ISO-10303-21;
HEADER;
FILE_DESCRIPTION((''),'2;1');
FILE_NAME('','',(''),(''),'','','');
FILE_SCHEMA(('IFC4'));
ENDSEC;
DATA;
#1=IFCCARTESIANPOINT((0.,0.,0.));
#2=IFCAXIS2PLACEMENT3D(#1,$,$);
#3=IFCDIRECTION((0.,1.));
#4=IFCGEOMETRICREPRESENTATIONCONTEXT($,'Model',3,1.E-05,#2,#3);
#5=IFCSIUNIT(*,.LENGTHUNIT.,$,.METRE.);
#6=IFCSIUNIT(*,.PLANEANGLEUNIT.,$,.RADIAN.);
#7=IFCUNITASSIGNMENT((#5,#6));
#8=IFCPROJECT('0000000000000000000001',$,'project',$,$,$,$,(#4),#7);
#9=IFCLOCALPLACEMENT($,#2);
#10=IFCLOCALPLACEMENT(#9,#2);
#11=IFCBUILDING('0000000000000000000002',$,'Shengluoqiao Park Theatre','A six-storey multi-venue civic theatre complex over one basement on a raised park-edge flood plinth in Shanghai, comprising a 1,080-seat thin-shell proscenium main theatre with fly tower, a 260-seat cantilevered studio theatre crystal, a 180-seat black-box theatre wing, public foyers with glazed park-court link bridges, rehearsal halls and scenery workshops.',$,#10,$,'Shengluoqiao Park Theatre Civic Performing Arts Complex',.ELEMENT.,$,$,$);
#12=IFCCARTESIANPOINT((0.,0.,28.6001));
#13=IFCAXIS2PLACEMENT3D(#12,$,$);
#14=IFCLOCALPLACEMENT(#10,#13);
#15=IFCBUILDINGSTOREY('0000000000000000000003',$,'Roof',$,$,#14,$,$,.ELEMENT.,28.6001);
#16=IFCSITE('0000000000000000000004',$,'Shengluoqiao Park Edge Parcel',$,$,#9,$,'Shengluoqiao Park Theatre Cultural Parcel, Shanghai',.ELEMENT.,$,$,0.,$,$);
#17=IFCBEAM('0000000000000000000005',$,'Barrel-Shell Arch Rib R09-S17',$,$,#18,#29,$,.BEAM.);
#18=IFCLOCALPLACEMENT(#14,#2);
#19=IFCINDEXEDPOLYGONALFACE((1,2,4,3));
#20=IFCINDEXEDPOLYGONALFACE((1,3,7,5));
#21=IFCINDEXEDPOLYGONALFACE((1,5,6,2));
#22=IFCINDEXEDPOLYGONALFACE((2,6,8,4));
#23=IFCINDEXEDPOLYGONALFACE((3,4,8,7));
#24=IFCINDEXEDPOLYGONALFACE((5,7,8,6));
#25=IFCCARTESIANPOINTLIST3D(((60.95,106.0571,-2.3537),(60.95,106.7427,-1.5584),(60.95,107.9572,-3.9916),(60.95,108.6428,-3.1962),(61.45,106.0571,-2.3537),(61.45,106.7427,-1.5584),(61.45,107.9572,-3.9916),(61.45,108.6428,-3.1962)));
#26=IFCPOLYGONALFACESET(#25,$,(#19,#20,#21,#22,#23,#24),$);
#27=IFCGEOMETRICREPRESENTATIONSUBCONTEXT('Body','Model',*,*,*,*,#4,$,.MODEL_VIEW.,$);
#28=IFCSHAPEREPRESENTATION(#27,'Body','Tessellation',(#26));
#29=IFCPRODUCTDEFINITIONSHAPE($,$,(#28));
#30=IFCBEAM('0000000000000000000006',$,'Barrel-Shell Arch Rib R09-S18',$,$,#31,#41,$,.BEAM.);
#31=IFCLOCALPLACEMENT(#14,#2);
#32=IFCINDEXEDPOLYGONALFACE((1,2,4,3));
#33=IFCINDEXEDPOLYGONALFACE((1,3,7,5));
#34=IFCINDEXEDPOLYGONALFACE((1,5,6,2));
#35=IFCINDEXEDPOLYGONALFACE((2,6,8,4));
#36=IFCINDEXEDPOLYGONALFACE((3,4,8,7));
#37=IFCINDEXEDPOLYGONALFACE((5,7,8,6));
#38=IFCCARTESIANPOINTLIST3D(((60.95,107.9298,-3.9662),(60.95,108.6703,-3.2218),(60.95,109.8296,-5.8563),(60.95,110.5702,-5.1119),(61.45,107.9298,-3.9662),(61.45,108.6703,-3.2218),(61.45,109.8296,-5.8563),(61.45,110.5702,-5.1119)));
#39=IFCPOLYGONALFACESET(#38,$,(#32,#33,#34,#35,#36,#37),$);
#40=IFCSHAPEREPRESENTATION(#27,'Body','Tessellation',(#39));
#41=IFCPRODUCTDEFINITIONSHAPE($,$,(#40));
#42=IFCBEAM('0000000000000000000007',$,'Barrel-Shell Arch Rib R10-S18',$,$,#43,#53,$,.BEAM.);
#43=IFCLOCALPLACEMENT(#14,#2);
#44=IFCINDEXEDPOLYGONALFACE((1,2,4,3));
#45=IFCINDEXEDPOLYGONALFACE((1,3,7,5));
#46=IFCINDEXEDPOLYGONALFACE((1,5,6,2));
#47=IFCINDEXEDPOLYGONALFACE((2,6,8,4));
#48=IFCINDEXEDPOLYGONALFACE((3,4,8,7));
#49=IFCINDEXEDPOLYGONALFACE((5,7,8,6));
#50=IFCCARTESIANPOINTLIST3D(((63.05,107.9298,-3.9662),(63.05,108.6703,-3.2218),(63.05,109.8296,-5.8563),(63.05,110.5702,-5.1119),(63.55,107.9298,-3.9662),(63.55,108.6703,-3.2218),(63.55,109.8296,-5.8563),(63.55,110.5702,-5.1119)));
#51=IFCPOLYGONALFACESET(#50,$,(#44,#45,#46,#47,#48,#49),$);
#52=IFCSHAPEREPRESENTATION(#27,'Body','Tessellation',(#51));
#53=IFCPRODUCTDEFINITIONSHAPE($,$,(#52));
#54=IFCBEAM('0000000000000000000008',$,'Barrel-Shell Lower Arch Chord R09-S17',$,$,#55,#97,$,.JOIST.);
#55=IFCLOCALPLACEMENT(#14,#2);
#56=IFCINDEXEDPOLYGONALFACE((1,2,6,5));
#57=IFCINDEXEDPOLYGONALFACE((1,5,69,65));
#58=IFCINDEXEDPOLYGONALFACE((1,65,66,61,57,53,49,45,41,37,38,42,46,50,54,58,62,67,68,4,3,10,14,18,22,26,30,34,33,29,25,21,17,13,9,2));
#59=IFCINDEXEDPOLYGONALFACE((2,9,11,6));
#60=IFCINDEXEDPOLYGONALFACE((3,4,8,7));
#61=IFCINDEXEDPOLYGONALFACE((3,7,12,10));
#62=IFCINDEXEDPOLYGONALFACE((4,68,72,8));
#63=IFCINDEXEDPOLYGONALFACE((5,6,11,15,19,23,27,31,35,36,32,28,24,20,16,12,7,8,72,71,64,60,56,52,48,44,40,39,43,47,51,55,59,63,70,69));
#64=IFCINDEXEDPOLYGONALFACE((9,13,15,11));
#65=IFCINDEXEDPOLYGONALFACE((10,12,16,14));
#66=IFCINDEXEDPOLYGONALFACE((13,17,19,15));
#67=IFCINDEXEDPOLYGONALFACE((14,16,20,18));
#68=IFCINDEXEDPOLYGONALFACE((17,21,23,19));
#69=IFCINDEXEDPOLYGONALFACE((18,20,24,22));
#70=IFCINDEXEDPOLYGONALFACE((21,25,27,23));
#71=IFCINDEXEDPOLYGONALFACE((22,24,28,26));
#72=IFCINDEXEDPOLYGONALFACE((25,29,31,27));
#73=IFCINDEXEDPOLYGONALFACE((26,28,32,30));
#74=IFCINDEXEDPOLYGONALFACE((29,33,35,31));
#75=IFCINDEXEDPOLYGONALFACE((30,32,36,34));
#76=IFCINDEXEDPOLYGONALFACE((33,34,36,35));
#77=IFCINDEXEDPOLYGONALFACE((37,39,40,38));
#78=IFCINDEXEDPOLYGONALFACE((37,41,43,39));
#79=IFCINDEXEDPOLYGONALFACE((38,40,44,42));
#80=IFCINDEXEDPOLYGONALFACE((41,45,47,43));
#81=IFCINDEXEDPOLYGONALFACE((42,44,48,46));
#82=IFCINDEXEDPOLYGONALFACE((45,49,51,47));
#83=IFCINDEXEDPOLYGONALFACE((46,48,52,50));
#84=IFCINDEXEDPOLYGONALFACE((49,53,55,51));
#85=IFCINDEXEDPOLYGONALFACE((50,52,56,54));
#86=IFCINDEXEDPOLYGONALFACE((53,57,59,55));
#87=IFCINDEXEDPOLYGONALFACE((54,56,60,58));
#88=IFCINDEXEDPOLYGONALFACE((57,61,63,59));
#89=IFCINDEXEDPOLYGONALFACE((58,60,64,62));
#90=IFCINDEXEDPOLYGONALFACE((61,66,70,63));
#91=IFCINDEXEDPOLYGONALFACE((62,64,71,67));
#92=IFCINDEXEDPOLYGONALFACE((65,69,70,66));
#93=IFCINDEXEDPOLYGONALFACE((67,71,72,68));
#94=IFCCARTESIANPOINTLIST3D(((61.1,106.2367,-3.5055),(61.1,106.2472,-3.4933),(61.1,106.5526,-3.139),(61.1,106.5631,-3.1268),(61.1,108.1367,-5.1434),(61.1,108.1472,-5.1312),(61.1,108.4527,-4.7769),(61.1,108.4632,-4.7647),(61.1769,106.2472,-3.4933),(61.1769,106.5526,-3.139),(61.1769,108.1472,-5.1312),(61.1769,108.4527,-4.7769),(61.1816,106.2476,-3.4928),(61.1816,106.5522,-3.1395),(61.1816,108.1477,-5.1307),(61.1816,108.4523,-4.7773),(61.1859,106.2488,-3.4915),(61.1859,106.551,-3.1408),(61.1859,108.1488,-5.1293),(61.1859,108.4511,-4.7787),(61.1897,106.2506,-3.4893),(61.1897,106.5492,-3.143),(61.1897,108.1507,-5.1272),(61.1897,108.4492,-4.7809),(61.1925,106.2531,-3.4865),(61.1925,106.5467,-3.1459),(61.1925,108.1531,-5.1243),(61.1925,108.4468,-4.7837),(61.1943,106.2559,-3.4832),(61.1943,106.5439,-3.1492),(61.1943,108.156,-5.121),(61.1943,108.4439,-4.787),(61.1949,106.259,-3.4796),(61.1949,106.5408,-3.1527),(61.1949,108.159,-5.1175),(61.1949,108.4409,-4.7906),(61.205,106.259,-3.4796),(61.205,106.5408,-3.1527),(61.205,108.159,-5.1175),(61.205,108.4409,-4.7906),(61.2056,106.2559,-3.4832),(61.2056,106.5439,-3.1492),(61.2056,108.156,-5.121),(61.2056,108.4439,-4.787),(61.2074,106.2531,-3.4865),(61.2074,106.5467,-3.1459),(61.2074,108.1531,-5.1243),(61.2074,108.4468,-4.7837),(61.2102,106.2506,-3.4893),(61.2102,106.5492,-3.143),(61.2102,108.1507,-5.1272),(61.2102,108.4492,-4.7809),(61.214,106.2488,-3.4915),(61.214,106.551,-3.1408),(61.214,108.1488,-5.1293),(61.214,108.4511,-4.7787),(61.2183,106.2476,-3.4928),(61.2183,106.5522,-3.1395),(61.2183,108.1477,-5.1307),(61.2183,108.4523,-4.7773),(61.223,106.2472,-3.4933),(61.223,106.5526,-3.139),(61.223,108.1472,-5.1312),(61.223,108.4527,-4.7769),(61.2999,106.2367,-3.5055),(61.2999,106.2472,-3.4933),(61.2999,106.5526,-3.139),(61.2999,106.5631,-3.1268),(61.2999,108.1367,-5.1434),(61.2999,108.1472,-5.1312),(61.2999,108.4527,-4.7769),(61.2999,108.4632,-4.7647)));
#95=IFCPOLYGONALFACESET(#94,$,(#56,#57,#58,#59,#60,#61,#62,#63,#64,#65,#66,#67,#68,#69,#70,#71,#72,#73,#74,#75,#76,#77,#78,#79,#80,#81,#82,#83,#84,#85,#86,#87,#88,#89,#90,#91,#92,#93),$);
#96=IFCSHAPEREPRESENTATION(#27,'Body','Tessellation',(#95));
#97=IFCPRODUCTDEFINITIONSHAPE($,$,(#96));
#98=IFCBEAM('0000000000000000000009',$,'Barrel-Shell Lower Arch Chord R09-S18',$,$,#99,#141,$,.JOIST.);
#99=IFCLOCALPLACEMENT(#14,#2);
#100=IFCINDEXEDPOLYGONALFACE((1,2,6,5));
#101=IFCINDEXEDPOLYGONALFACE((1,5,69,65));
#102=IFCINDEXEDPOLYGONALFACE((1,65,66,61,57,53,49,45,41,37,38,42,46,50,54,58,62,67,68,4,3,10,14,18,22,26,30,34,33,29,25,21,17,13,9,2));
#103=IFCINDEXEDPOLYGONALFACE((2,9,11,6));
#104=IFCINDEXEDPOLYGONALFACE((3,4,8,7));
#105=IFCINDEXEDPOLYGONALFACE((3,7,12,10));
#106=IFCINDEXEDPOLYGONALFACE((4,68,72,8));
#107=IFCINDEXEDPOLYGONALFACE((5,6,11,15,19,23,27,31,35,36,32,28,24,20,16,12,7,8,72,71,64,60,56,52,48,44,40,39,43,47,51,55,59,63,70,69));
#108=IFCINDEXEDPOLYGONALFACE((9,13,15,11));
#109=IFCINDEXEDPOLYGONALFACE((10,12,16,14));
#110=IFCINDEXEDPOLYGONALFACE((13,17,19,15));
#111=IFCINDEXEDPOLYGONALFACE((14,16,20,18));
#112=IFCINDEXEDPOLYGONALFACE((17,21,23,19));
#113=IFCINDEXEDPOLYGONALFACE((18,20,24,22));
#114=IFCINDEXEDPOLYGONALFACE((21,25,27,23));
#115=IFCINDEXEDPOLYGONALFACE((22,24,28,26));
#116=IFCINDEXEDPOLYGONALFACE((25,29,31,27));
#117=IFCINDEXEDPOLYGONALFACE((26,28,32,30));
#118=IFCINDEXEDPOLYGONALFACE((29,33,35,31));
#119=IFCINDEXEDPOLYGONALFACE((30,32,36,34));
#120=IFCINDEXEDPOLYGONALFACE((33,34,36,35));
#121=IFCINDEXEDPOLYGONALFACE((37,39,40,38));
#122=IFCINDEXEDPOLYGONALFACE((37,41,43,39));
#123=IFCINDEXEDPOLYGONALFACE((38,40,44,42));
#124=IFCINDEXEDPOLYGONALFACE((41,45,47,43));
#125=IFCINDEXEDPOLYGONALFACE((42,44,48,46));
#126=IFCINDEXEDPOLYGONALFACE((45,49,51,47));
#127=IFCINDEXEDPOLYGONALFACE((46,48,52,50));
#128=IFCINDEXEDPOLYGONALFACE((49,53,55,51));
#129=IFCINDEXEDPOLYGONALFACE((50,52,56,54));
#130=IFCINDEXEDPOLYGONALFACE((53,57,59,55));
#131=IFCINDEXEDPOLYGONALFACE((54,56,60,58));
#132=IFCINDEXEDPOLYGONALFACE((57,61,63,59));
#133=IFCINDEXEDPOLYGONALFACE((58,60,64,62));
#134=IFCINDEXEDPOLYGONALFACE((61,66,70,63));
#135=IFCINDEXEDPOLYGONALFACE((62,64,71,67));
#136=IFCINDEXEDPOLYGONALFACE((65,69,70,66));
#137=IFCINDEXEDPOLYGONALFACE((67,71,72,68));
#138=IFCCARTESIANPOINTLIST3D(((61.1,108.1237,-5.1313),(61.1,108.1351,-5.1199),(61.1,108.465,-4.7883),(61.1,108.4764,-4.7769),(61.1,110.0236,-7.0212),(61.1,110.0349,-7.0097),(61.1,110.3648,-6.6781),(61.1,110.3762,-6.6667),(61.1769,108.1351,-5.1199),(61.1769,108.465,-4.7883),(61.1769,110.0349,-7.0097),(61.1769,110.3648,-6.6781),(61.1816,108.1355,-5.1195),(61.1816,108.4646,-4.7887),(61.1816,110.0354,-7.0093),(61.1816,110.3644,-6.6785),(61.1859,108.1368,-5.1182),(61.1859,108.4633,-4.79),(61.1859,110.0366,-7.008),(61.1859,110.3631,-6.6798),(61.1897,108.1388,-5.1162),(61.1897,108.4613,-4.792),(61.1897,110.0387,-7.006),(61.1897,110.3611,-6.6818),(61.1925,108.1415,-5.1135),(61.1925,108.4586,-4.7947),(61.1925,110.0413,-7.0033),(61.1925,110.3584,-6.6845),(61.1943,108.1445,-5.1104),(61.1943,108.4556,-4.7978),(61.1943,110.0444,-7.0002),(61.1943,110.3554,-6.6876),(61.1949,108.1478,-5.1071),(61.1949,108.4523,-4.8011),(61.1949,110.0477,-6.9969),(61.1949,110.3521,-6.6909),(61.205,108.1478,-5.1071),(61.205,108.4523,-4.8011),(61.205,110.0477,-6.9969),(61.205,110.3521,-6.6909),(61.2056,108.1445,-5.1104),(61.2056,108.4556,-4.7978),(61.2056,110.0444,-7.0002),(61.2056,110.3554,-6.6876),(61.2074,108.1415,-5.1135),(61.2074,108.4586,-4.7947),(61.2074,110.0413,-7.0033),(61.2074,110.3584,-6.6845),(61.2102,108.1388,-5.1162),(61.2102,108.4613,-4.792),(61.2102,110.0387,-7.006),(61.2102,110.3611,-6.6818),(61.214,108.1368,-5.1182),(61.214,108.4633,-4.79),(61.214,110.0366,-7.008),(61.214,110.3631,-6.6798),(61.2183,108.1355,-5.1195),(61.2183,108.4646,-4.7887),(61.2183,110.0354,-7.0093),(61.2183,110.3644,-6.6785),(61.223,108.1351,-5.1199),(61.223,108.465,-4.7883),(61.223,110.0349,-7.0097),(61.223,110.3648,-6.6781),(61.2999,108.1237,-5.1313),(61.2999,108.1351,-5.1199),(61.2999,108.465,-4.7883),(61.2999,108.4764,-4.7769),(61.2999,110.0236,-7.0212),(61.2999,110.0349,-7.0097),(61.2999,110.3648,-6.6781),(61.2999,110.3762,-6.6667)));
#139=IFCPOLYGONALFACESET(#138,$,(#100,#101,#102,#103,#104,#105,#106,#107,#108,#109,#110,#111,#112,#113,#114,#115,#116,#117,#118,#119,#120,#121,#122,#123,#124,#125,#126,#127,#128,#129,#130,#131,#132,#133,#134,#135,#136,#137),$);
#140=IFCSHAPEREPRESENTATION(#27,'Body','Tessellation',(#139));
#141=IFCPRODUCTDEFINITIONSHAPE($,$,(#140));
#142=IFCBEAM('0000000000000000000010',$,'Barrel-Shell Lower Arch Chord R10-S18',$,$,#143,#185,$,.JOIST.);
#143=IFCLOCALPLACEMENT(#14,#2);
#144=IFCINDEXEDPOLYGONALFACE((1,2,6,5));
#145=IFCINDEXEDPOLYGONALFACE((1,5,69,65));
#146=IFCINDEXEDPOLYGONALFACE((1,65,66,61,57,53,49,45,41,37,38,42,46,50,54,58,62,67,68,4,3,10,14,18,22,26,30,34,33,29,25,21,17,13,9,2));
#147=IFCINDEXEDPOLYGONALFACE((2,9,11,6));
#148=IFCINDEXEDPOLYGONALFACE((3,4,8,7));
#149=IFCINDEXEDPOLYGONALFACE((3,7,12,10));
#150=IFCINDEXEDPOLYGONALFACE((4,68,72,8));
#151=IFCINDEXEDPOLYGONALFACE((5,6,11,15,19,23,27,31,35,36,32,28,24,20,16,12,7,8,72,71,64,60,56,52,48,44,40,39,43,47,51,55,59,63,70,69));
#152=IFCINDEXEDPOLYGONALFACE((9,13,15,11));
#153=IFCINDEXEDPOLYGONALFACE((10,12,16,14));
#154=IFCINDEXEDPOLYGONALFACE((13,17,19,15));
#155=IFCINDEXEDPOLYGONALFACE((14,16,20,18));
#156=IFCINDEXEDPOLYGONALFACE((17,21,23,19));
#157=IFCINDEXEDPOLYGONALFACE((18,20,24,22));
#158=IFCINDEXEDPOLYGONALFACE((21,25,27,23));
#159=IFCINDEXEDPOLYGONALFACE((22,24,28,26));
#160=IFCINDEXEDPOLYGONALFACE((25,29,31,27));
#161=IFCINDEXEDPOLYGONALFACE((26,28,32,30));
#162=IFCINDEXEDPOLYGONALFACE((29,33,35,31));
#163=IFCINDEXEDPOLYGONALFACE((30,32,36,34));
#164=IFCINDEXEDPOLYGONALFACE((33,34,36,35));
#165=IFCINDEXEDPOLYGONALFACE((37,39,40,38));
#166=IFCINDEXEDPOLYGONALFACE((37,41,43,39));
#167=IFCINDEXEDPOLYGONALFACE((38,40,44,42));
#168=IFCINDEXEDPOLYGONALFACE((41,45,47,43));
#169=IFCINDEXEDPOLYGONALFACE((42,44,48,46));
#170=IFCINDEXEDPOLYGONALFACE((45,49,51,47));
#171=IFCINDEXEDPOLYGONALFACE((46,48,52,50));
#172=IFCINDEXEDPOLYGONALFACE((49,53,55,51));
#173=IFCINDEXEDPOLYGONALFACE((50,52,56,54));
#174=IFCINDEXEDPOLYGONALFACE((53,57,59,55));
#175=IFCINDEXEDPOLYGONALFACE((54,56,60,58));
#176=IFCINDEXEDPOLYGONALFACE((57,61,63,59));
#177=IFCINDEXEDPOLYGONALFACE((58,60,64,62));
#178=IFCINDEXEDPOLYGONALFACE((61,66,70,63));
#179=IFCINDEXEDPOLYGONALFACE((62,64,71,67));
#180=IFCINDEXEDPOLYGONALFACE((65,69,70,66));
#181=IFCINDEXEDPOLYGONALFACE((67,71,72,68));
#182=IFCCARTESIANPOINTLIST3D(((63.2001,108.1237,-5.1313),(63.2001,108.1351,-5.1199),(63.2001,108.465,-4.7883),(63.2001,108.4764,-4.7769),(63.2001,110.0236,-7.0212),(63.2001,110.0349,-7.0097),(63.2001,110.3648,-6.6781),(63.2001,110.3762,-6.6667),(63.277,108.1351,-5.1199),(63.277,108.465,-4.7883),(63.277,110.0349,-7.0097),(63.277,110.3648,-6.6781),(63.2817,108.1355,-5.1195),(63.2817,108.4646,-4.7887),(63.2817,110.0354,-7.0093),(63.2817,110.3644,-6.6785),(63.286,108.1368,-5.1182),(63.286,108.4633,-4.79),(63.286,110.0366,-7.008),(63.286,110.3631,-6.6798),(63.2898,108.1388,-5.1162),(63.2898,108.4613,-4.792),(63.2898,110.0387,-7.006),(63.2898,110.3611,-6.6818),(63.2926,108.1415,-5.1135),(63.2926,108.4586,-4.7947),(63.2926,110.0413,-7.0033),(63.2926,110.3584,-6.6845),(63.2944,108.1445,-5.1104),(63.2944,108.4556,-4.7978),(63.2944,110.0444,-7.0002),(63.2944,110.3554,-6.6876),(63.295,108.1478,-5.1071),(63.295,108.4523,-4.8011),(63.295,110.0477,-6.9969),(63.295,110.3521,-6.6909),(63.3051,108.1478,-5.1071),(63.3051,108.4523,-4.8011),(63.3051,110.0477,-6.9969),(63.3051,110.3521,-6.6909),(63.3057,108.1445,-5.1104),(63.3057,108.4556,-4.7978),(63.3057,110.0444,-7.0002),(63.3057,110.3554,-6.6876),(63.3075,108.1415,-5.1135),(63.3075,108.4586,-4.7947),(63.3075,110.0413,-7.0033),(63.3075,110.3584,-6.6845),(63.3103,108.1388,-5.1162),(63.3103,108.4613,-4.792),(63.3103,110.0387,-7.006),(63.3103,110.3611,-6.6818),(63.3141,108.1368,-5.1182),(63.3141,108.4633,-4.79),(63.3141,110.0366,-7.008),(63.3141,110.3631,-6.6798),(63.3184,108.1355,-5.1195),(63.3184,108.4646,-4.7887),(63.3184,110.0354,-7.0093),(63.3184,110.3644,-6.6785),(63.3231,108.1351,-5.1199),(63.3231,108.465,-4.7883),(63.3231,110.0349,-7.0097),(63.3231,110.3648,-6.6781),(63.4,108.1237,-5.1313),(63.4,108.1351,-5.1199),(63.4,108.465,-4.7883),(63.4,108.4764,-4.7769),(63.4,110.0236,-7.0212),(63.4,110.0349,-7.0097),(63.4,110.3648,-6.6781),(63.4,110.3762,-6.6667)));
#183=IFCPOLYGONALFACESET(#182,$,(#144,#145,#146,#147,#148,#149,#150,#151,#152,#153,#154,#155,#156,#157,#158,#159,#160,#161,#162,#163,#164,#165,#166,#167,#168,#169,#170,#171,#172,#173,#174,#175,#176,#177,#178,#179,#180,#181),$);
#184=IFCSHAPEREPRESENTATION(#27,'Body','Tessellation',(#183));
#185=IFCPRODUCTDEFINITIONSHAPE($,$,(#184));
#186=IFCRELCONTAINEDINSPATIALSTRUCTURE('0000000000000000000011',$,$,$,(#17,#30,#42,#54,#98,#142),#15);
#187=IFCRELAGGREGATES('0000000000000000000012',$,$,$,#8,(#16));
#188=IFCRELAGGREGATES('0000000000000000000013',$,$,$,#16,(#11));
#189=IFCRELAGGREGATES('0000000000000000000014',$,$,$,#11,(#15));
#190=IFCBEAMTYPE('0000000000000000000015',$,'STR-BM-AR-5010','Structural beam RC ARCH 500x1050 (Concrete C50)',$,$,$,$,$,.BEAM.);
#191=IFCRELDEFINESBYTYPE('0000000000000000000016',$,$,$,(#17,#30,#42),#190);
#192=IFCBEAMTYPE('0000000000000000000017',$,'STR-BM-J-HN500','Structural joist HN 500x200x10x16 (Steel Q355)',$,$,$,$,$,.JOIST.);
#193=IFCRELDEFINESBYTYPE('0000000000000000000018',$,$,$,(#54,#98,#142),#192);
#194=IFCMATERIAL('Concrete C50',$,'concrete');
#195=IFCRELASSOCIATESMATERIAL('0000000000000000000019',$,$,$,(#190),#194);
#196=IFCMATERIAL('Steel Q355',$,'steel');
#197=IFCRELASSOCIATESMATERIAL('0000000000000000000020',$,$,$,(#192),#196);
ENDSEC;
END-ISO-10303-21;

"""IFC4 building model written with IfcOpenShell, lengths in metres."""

from ifc_helpers import new_model, si_unit, direction, frame, origin, origin_2d, place, context, subcontext, project, spatial, rectangle, i_section, extrude, material, material_profile, profile_set, type_object, element, save


model = new_model("IFC4")

# Units and contexts
model_context = context("Model", 3, precision=1e-05, world=origin(), true_north=direction((0.0, 1.0)))
body_context = subcontext(model_context, "Body", "Model", "MODEL_VIEW")
ifc_project = project(units=[si_unit("LENGTHUNIT", "METRE"), si_unit("PLANEANGLEUNIT", "RADIAN")], contexts=[model_context])

# Site, building, storey
site_placement = place(None, origin())
site = spatial("IfcSite", under=ifc_project, at=site_placement, Name="Shengluoqiao Park Edge Parcel", LongName="Shengluoqiao Park Theatre Cultural Parcel, Shanghai", CompositionType="ELEMENT", RefElevation=0.0)
building_placement = place(site_placement, origin())
building = spatial("IfcBuilding", under=site, at=building_placement, Name="Shengluoqiao Park Theatre", Description="A six-storey multi-venue civic theatre complex over one basement on a raised park-edge flood plinth in Shanghai, comprising a 1,080-seat thin-shell proscenium main theatre with fly tower, a 260-seat cantilevered studio theatre crystal, a 180-seat black-box theatre wing, public foyers with glazed park-court link bridges, rehearsal halls and scenery workshops.", LongName="Shengluoqiao Park Theatre Civic Performing Arts Complex", CompositionType="ELEMENT")
storey_placement = place(building_placement, frame((0.0, 0.0, 28.6001)))
storey = spatial("IfcBuildingStorey", under=building, at=storey_placement, Name="Roof", CompositionType="ELEMENT", Elevation=28.6001)

# Beams
ifc_material_1 = material(Name="Concrete C50", Category="concrete")
ifc_material_profile_1 = material_profile(ifc_material_1, rectangle(XDim=0.5, YDim=1.05, at=origin_2d()), Name="RC ARCH 500x1050")
ifc_profile_set_1 = profile_set([ifc_material_profile_1], Name="Concrete C50")
beam_type_1 = type_object("IfcBeamType", Name="STR-BM-AR-5010", Description="Structural beam RC ARCH 500x1050 (Concrete C50)", PredefinedType="BEAM", material=ifc_profile_set_1)
beam_1_placement = place(storey_placement, frame((61.2, 106.3999, -1.9561), z_axis=(0.0, 0.757433, -0.652913), x_axis=(-1.0, 0.0, 0.0)))
element("IfcBeam", 1, at=beam_1_placement, inside=storey, type_object=beam_type_1, Name="Barrel-Shell Arch Rib R09-S17", PredefinedType="BEAM", context=body_context, shape_type="SweptSolid", body=[
    extrude(rectangle(XDim=0.5, YDim=1.05, at=origin_2d()), origin(), (0.0, 0.0, 1.0), 2.5085),
])
for number, where, z_axis, x_axis, name in (
    (2, (61.2, 108.3, -3.594), (0.0, 0.708926, -0.705282), (-1.0, 0.0, 0.0), "Barrel-Shell Arch Rib R09-S18"),
    (3, (63.3, 108.3, -3.594), (0.0, 0.708926, -0.705282), (-1.0, 0.0, 0.0), "Barrel-Shell Arch Rib R10-S18"),
):
    element("IfcBeam", number, at=place(storey_placement, frame(where, z_axis=z_axis, x_axis=x_axis)), inside=storey, type_object=beam_type_1, Name=name, PredefinedType="BEAM", context=body_context, shape_type="SweptSolid", body=[
        extrude(rectangle(XDim=0.5, YDim=1.05, at=origin_2d()), origin(), (0.0, 0.0, 1.0), 2.6799),
    ])
ifc_material_2 = material(Name="Steel Q355", Category="steel")
ifc_material_profile_2 = material_profile(ifc_material_2, i_section(OverallWidth=0.2, OverallDepth=0.5, WebThickness=0.01, FlangeThickness=0.0161, FilletRadius=0.0181, at=origin_2d()), Name="HN 500x200x10x16")
ifc_profile_set_2 = profile_set([ifc_material_profile_2], Name="Steel Q355")
beam_type_2 = type_object("IfcBeamType", Name="STR-BM-J-HN500", Description="Structural joist HN 500x200x10x16 (Steel Q355)", PredefinedType="JOIST", material=ifc_profile_set_2)
beam_2_placement = place(storey_placement, frame((61.2, 106.3999, -3.3162), z_axis=(0.0, 0.757433, -0.652913), x_axis=(-1.0, 0.0, 0.0)))
element("IfcBeam", 4, at=beam_2_placement, inside=storey, type_object=beam_type_2, Name="Barrel-Shell Lower Arch Chord R09-S17", PredefinedType="JOIST", context=body_context, shape_type="SweptSolid", body=[
    extrude(i_section(OverallWidth=0.2, OverallDepth=0.5, WebThickness=0.01, FlangeThickness=0.0161, FilletRadius=0.0181, at=origin_2d()), origin(), (0.0, 0.0, 1.0), 2.5085),
])
for number, where, z_axis, x_axis, name in (
    (5, (61.2, 108.3, -4.9541), (0.0, 0.708972, -0.705237), (-1.0, 0.0, 0.0), "Barrel-Shell Lower Arch Chord R09-S18"),
    (6, (63.3, 108.3, -4.9541), (0.0, 0.708972, -0.705237), (-1.0, 0.0, 0.0), "Barrel-Shell Lower Arch Chord R10-S18"),
):
    element("IfcBeam", number, at=place(storey_placement, frame(where, z_axis=z_axis, x_axis=x_axis)), inside=storey, type_object=beam_type_2, Name=name, PredefinedType="JOIST", context=body_context, shape_type="SweptSolid", body=[
        extrude(i_section(OverallWidth=0.2, OverallDepth=0.5, WebThickness=0.01, FlangeThickness=0.0161, FilletRadius=0.0181, at=origin_2d()), origin(), (0.0, 0.0, 1.0), 2.6797),
    ])

save(model, "model.ifc")
